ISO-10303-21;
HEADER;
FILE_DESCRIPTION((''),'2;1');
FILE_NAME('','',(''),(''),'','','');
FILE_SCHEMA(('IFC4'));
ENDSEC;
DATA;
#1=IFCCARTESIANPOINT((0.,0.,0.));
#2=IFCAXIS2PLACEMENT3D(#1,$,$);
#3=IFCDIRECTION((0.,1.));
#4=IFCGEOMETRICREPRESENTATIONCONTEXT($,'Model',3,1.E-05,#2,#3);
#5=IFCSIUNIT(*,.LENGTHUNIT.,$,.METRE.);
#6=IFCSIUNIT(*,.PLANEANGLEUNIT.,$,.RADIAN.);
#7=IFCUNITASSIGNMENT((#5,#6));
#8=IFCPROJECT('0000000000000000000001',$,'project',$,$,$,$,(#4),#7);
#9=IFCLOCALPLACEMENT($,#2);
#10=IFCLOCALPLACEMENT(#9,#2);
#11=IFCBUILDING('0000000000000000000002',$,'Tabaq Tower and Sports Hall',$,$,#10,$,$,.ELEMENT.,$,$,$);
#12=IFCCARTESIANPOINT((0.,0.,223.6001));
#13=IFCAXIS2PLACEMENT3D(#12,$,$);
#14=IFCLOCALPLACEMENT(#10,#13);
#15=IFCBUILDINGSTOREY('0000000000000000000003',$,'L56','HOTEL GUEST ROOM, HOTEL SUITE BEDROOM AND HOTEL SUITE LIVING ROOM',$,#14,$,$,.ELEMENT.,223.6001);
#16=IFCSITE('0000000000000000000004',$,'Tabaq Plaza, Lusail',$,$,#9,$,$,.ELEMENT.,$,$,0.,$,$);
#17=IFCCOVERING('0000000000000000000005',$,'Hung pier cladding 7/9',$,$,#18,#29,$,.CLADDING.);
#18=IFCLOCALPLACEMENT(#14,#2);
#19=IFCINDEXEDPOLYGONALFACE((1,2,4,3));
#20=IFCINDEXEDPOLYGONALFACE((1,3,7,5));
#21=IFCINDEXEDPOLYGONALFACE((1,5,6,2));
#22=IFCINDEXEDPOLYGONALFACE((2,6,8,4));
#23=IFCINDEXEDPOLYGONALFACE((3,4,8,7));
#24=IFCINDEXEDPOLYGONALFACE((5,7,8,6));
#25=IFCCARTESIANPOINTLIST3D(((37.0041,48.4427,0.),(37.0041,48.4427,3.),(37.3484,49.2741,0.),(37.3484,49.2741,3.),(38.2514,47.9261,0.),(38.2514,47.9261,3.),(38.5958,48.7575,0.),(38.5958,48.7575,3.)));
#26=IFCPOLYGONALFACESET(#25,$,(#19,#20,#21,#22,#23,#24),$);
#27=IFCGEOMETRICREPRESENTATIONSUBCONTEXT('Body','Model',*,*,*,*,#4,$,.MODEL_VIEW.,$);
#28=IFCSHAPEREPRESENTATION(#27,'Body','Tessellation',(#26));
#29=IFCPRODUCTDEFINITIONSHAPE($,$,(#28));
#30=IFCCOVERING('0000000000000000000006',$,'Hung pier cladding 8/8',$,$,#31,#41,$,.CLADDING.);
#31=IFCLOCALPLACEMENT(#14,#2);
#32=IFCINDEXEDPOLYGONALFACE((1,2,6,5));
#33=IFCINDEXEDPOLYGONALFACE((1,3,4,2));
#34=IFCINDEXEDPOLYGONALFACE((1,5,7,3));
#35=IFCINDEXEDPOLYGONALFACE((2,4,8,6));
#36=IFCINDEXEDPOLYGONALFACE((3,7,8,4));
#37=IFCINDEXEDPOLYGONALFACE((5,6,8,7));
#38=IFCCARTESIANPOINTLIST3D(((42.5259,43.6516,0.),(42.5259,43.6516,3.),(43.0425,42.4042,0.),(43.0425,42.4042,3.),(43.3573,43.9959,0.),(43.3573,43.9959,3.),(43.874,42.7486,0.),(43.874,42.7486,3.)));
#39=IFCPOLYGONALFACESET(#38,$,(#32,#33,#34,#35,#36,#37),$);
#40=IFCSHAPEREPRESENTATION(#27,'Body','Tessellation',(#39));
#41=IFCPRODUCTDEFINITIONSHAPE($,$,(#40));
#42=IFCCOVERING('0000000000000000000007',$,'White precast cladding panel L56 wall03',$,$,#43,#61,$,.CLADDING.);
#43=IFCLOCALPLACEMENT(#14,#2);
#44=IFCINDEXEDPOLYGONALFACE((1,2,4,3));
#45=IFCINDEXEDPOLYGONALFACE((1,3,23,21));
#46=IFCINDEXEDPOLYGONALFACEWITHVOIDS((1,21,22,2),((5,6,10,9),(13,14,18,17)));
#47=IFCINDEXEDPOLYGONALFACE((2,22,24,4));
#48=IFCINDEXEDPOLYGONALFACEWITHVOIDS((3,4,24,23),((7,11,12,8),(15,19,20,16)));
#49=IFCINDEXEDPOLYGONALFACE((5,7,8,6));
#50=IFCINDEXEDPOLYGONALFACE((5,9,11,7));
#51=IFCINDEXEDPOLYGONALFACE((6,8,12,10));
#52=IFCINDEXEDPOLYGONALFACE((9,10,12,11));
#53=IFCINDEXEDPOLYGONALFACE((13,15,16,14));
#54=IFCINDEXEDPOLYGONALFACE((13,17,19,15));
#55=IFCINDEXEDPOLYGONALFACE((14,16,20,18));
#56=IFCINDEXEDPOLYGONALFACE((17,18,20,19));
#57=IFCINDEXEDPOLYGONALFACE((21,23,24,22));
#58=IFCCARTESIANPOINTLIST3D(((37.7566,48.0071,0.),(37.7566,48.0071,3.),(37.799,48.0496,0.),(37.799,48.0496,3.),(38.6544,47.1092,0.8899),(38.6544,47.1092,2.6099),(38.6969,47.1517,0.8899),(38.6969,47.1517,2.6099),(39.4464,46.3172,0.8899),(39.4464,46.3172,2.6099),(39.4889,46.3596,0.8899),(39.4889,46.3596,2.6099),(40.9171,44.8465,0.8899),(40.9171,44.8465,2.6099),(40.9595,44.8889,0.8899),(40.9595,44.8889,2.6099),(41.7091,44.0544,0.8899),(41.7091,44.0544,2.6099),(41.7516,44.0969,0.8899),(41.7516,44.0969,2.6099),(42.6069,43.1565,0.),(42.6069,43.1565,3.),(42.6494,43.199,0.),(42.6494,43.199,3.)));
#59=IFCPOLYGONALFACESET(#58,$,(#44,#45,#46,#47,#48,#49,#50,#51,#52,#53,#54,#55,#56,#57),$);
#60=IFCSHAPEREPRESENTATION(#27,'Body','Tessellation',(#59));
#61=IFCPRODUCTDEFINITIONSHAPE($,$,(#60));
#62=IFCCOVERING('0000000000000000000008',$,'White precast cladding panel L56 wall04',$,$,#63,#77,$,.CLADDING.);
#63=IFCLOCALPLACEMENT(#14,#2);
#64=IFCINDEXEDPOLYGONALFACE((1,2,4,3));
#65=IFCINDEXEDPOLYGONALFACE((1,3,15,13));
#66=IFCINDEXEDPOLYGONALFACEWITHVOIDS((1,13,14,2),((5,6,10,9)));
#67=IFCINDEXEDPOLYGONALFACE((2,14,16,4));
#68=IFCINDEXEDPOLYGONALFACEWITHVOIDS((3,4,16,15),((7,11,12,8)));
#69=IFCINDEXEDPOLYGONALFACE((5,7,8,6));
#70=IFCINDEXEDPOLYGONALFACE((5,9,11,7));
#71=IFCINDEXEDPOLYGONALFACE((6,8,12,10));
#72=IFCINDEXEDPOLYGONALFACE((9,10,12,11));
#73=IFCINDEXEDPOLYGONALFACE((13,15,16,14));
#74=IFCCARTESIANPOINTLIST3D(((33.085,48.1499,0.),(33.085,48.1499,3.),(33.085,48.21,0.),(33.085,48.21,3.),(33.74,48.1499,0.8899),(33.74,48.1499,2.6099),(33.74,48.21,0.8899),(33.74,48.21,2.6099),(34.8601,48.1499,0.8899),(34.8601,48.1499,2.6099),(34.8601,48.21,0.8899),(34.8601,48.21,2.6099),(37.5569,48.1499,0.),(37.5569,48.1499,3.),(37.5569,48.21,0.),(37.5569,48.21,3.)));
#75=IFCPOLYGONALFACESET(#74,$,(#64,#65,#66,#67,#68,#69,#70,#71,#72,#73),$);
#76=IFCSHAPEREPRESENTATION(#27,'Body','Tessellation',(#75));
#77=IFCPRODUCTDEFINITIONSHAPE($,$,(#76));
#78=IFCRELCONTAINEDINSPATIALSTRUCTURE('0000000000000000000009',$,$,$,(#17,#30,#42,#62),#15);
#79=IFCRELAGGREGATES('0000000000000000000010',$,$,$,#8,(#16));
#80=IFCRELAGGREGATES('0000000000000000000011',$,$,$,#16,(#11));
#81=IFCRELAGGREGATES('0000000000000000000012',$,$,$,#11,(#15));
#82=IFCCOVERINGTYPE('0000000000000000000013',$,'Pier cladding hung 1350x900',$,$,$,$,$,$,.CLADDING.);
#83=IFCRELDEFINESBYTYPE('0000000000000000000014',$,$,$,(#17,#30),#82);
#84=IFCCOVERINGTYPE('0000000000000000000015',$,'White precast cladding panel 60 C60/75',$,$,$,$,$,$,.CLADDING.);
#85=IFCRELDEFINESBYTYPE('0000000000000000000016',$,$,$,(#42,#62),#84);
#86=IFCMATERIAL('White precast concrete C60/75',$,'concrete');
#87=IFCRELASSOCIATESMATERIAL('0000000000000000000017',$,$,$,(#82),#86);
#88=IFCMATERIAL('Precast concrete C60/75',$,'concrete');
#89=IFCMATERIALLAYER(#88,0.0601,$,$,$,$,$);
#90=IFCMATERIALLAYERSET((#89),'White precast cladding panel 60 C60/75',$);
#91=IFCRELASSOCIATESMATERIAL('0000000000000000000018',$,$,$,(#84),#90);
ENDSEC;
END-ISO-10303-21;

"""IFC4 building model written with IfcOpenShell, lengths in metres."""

from ifc_helpers import new_model, si_unit, direction, frame, frame_2d, origin, place, context, subcontext, project, spatial, polyline, rectangle, outline, extrude, material, layer, layer_set, type_object, element, save


model = new_model("IFC4")

# Units and contexts
model_context = context("Model", 3, precision=1e-05, world=origin(), true_north=direction((0.0, 1.0)))
body_context = subcontext(model_context, "Body", "Model", "MODEL_VIEW")
ifc_project = project(units=[si_unit("LENGTHUNIT", "METRE"), si_unit("PLANEANGLEUNIT", "RADIAN")], contexts=[model_context])

# Site, building, storey
site_placement = place(None, origin())
site = spatial("IfcSite", under=ifc_project, at=site_placement, Name="Tabaq Plaza, Lusail", CompositionType="ELEMENT", RefElevation=0.0)
building_placement = place(site_placement, origin())
building = spatial("IfcBuilding", under=site, at=building_placement, Name="Tabaq Tower and Sports Hall", CompositionType="ELEMENT")
storey_placement = place(building_placement, frame((0.0, 0.0, 223.6001)))
storey = spatial("IfcBuildingStorey", under=building, at=storey_placement, Name="L56", Description="HOTEL GUEST ROOM, HOTEL SUITE BEDROOM AND HOTEL SUITE LIVING ROOM", CompositionType="ELEMENT", Elevation=223.6001)

# Coverings
ifc_material_1 = material(Name="White precast concrete C60/75", Category="concrete")
covering_type_1 = type_object("IfcCoveringType", Name="Pier cladding hung 1350x900", PredefinedType="CLADDING", material=ifc_material_1)
for number, where, z_axis, x_axis, name in (
    (1, (38.4236, 48.3418, 0.0), (0.0, 0.0, 1.0), (-0.923893, 0.38265, 0.0), "Hung pier cladding 7/9"),
    (2, (43.4583, 42.5764, 0.0), (0.0, 0.0, 1.0), (-0.38265, 0.923893, 0.0), "Hung pier cladding 8/8"),
):
    element("IfcCovering", number, at=place(storey_placement, frame(where, z_axis=z_axis, x_axis=x_axis)), inside=storey, type_object=covering_type_1, Name=name, PredefinedType="CLADDING", context=body_context, shape_type="SweptSolid", body=[
        extrude(rectangle(XDim=1.3501, YDim=0.8999, at=frame_2d((0.675, 0.0))), origin(), (0.0, 0.0, 1.0), 3.0),
    ])
ifc_material_2 = material(Name="Precast concrete C60/75", Category="concrete")
ifc_layer_1 = layer(ifc_material_2, 0.0601)
ifc_layer_set_1 = layer_set([ifc_layer_1], Name="White precast cladding panel 60 C60/75")
covering_type_2 = type_object("IfcCoveringType", Name="White precast cladding panel 60 C60/75", PredefinedType="CLADDING", material=ifc_layer_set_1)
covering_1_placement = place(storey_placement, frame((42.6282, 43.1777, 0.0), z_axis=(0.0, 0.0, 1.0), x_axis=(-0.707089, 0.707125, 0.0)))
element("IfcCovering", 3, at=covering_1_placement, inside=storey, type_object=covering_type_2, Name="White precast cladding panel L56 wall03", PredefinedType="CLADDING", context=body_context, shape_type="SweptSolid", body=[
    extrude(outline(polyline([(0.0, 0.0), (6.8596, 0.0), (6.8596, 3.0), (0.0, 3.0), (0.0, 0.0)]), holes=[polyline([(1.2698, 2.6099), (2.3899, 2.6099), (2.3899, 0.8899), (1.2698, 0.8899), (1.2698, 2.6099)]), polyline([(4.4697, 2.6099), (5.5898, 2.6099), (5.5898, 0.8899), (4.4697, 0.8899), (4.4697, 2.6099)])]), frame((0.0, 0.03, 0.0), z_axis=(0.0, -1.0, 0.0), x_axis=(1.0, 0.0, 0.0)), (0.0, 0.0, 1.0), 0.0601),
])
covering_2_placement = place(storey_placement, frame((37.5569, 48.1799, 0.0), z_axis=(0.0, 0.0, 1.0), x_axis=(-1.0, 0.0, 0.0)))
element("IfcCovering", 4, at=covering_2_placement, inside=storey, type_object=covering_type_2, Name="White precast cladding panel L56 wall04", PredefinedType="CLADDING", context=body_context, shape_type="SweptSolid", body=[
    extrude(outline(polyline([(0.0, 0.0), (4.4719, 0.0), (4.4719, 3.0), (0.0, 3.0), (0.0, 0.0)]), holes=[polyline([(2.6968, 0.8899), (2.6968, 2.6099), (3.8169, 2.6099), (3.8169, 0.8899), (2.6968, 0.8899)])]), frame((0.0, 0.03, 0.0), z_axis=(0.0, -1.0, 0.0), x_axis=(1.0, 0.0, 0.0)), (0.0, 0.0, 1.0), 0.0601),
])

save(model, "model.ifc")
